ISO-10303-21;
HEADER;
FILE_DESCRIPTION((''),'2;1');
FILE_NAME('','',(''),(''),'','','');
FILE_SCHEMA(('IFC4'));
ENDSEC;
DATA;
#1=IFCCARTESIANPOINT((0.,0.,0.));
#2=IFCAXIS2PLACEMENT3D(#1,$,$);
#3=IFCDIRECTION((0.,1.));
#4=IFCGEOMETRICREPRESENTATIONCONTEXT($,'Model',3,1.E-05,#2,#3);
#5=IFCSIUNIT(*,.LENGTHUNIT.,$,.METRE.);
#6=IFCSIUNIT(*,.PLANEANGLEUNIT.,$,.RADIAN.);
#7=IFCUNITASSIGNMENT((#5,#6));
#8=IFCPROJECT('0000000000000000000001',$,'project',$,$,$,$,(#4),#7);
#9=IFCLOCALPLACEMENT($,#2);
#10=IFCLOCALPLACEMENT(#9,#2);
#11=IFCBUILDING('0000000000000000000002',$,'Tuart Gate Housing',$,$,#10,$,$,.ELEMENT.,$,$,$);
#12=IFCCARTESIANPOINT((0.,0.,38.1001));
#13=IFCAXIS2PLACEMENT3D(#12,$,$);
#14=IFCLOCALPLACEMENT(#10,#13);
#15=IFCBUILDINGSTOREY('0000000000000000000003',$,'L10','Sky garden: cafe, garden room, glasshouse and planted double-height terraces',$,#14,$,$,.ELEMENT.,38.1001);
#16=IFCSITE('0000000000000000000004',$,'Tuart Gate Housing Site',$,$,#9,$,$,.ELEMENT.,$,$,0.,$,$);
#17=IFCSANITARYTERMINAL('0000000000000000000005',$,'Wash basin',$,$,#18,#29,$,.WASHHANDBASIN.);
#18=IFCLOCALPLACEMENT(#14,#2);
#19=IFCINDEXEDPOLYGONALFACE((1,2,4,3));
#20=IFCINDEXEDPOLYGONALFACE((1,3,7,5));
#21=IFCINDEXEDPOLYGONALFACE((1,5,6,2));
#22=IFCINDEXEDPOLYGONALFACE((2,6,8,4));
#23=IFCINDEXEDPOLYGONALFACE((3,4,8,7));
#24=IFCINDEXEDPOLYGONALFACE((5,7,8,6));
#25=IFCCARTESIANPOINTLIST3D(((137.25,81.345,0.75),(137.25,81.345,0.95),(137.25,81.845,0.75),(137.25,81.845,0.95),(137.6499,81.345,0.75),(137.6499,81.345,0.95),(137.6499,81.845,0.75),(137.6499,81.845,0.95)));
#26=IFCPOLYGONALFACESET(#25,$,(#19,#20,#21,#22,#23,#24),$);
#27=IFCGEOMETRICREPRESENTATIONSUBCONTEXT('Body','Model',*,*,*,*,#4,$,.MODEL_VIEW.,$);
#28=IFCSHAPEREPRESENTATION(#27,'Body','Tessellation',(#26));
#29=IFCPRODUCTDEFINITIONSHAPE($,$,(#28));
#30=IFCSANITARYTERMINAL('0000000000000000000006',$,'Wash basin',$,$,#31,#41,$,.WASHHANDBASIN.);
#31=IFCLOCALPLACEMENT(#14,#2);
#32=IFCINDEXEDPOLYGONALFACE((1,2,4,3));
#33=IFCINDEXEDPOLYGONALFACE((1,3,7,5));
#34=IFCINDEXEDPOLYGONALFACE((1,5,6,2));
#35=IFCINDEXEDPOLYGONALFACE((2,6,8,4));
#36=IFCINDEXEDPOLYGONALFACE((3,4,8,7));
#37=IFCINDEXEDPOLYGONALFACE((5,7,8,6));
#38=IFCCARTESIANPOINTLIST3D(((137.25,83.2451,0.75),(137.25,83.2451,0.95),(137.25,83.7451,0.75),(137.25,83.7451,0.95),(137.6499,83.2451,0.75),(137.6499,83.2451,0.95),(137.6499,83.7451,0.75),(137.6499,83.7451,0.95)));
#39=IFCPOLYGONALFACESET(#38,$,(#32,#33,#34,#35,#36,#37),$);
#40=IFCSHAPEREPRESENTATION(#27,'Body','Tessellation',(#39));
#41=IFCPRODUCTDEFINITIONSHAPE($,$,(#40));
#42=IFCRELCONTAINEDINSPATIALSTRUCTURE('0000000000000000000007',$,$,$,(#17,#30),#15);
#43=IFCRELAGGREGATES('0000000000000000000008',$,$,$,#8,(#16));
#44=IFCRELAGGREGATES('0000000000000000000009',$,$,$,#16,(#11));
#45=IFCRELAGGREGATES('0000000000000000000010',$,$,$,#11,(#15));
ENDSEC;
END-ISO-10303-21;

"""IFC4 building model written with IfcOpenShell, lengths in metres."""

from ifc_helpers import new_model, si_unit, direction, frame, origin, origin_2d, place, context, subcontext, project, spatial, rectangle, extrude, element, save


model = new_model("IFC4")

# Units and contexts
model_context = context("Model", 3, precision=1e-05, world=origin(), true_north=direction((0.0, 1.0)))
body_context = subcontext(model_context, "Body", "Model", "MODEL_VIEW")
ifc_project = project(units=[si_unit("LENGTHUNIT", "METRE"), si_unit("PLANEANGLEUNIT", "RADIAN")], contexts=[model_context])

# Site, building, storey
site_placement = place(None, origin())
site = spatial("IfcSite", under=ifc_project, at=site_placement, Name="Tuart Gate Housing Site", CompositionType="ELEMENT", RefElevation=0.0)
building_placement = place(site_placement, origin())
building = spatial("IfcBuilding", under=site, at=building_placement, Name="Tuart Gate Housing", CompositionType="ELEMENT")
storey_placement = place(building_placement, frame((0.0, 0.0, 38.1001)))
storey = spatial("IfcBuildingStorey", under=building, at=storey_placement, Name="L10", Description="Sky garden: cafe, garden room, glasshouse and planted double-height terraces", CompositionType="ELEMENT", Elevation=38.1001)

# Sanitary terminals
for number, where, z_axis, x_axis, name in (
    (1, (137.45, 81.595, 0.75), (0.0, 0.0, 1.0), (1.0, 0.0, 0.0), "Wash basin"),
    (2, (137.45, 83.4951, 0.75), (0.0, 0.0, 1.0), (1.0, 0.0, 0.0), "Wash basin"),
):
    element("IfcSanitaryTerminal", number, at=place(storey_placement, frame(where, z_axis=z_axis, x_axis=x_axis)), inside=storey, Name=name, PredefinedType="WASHHANDBASIN", context=body_context, shape_type="SweptSolid", body=[
        extrude(rectangle(XDim=0.3999, YDim=0.5, at=origin_2d()), origin(), (0.0, 0.0, 1.0), 0.2),
    ])

save(model, "model.ifc")
